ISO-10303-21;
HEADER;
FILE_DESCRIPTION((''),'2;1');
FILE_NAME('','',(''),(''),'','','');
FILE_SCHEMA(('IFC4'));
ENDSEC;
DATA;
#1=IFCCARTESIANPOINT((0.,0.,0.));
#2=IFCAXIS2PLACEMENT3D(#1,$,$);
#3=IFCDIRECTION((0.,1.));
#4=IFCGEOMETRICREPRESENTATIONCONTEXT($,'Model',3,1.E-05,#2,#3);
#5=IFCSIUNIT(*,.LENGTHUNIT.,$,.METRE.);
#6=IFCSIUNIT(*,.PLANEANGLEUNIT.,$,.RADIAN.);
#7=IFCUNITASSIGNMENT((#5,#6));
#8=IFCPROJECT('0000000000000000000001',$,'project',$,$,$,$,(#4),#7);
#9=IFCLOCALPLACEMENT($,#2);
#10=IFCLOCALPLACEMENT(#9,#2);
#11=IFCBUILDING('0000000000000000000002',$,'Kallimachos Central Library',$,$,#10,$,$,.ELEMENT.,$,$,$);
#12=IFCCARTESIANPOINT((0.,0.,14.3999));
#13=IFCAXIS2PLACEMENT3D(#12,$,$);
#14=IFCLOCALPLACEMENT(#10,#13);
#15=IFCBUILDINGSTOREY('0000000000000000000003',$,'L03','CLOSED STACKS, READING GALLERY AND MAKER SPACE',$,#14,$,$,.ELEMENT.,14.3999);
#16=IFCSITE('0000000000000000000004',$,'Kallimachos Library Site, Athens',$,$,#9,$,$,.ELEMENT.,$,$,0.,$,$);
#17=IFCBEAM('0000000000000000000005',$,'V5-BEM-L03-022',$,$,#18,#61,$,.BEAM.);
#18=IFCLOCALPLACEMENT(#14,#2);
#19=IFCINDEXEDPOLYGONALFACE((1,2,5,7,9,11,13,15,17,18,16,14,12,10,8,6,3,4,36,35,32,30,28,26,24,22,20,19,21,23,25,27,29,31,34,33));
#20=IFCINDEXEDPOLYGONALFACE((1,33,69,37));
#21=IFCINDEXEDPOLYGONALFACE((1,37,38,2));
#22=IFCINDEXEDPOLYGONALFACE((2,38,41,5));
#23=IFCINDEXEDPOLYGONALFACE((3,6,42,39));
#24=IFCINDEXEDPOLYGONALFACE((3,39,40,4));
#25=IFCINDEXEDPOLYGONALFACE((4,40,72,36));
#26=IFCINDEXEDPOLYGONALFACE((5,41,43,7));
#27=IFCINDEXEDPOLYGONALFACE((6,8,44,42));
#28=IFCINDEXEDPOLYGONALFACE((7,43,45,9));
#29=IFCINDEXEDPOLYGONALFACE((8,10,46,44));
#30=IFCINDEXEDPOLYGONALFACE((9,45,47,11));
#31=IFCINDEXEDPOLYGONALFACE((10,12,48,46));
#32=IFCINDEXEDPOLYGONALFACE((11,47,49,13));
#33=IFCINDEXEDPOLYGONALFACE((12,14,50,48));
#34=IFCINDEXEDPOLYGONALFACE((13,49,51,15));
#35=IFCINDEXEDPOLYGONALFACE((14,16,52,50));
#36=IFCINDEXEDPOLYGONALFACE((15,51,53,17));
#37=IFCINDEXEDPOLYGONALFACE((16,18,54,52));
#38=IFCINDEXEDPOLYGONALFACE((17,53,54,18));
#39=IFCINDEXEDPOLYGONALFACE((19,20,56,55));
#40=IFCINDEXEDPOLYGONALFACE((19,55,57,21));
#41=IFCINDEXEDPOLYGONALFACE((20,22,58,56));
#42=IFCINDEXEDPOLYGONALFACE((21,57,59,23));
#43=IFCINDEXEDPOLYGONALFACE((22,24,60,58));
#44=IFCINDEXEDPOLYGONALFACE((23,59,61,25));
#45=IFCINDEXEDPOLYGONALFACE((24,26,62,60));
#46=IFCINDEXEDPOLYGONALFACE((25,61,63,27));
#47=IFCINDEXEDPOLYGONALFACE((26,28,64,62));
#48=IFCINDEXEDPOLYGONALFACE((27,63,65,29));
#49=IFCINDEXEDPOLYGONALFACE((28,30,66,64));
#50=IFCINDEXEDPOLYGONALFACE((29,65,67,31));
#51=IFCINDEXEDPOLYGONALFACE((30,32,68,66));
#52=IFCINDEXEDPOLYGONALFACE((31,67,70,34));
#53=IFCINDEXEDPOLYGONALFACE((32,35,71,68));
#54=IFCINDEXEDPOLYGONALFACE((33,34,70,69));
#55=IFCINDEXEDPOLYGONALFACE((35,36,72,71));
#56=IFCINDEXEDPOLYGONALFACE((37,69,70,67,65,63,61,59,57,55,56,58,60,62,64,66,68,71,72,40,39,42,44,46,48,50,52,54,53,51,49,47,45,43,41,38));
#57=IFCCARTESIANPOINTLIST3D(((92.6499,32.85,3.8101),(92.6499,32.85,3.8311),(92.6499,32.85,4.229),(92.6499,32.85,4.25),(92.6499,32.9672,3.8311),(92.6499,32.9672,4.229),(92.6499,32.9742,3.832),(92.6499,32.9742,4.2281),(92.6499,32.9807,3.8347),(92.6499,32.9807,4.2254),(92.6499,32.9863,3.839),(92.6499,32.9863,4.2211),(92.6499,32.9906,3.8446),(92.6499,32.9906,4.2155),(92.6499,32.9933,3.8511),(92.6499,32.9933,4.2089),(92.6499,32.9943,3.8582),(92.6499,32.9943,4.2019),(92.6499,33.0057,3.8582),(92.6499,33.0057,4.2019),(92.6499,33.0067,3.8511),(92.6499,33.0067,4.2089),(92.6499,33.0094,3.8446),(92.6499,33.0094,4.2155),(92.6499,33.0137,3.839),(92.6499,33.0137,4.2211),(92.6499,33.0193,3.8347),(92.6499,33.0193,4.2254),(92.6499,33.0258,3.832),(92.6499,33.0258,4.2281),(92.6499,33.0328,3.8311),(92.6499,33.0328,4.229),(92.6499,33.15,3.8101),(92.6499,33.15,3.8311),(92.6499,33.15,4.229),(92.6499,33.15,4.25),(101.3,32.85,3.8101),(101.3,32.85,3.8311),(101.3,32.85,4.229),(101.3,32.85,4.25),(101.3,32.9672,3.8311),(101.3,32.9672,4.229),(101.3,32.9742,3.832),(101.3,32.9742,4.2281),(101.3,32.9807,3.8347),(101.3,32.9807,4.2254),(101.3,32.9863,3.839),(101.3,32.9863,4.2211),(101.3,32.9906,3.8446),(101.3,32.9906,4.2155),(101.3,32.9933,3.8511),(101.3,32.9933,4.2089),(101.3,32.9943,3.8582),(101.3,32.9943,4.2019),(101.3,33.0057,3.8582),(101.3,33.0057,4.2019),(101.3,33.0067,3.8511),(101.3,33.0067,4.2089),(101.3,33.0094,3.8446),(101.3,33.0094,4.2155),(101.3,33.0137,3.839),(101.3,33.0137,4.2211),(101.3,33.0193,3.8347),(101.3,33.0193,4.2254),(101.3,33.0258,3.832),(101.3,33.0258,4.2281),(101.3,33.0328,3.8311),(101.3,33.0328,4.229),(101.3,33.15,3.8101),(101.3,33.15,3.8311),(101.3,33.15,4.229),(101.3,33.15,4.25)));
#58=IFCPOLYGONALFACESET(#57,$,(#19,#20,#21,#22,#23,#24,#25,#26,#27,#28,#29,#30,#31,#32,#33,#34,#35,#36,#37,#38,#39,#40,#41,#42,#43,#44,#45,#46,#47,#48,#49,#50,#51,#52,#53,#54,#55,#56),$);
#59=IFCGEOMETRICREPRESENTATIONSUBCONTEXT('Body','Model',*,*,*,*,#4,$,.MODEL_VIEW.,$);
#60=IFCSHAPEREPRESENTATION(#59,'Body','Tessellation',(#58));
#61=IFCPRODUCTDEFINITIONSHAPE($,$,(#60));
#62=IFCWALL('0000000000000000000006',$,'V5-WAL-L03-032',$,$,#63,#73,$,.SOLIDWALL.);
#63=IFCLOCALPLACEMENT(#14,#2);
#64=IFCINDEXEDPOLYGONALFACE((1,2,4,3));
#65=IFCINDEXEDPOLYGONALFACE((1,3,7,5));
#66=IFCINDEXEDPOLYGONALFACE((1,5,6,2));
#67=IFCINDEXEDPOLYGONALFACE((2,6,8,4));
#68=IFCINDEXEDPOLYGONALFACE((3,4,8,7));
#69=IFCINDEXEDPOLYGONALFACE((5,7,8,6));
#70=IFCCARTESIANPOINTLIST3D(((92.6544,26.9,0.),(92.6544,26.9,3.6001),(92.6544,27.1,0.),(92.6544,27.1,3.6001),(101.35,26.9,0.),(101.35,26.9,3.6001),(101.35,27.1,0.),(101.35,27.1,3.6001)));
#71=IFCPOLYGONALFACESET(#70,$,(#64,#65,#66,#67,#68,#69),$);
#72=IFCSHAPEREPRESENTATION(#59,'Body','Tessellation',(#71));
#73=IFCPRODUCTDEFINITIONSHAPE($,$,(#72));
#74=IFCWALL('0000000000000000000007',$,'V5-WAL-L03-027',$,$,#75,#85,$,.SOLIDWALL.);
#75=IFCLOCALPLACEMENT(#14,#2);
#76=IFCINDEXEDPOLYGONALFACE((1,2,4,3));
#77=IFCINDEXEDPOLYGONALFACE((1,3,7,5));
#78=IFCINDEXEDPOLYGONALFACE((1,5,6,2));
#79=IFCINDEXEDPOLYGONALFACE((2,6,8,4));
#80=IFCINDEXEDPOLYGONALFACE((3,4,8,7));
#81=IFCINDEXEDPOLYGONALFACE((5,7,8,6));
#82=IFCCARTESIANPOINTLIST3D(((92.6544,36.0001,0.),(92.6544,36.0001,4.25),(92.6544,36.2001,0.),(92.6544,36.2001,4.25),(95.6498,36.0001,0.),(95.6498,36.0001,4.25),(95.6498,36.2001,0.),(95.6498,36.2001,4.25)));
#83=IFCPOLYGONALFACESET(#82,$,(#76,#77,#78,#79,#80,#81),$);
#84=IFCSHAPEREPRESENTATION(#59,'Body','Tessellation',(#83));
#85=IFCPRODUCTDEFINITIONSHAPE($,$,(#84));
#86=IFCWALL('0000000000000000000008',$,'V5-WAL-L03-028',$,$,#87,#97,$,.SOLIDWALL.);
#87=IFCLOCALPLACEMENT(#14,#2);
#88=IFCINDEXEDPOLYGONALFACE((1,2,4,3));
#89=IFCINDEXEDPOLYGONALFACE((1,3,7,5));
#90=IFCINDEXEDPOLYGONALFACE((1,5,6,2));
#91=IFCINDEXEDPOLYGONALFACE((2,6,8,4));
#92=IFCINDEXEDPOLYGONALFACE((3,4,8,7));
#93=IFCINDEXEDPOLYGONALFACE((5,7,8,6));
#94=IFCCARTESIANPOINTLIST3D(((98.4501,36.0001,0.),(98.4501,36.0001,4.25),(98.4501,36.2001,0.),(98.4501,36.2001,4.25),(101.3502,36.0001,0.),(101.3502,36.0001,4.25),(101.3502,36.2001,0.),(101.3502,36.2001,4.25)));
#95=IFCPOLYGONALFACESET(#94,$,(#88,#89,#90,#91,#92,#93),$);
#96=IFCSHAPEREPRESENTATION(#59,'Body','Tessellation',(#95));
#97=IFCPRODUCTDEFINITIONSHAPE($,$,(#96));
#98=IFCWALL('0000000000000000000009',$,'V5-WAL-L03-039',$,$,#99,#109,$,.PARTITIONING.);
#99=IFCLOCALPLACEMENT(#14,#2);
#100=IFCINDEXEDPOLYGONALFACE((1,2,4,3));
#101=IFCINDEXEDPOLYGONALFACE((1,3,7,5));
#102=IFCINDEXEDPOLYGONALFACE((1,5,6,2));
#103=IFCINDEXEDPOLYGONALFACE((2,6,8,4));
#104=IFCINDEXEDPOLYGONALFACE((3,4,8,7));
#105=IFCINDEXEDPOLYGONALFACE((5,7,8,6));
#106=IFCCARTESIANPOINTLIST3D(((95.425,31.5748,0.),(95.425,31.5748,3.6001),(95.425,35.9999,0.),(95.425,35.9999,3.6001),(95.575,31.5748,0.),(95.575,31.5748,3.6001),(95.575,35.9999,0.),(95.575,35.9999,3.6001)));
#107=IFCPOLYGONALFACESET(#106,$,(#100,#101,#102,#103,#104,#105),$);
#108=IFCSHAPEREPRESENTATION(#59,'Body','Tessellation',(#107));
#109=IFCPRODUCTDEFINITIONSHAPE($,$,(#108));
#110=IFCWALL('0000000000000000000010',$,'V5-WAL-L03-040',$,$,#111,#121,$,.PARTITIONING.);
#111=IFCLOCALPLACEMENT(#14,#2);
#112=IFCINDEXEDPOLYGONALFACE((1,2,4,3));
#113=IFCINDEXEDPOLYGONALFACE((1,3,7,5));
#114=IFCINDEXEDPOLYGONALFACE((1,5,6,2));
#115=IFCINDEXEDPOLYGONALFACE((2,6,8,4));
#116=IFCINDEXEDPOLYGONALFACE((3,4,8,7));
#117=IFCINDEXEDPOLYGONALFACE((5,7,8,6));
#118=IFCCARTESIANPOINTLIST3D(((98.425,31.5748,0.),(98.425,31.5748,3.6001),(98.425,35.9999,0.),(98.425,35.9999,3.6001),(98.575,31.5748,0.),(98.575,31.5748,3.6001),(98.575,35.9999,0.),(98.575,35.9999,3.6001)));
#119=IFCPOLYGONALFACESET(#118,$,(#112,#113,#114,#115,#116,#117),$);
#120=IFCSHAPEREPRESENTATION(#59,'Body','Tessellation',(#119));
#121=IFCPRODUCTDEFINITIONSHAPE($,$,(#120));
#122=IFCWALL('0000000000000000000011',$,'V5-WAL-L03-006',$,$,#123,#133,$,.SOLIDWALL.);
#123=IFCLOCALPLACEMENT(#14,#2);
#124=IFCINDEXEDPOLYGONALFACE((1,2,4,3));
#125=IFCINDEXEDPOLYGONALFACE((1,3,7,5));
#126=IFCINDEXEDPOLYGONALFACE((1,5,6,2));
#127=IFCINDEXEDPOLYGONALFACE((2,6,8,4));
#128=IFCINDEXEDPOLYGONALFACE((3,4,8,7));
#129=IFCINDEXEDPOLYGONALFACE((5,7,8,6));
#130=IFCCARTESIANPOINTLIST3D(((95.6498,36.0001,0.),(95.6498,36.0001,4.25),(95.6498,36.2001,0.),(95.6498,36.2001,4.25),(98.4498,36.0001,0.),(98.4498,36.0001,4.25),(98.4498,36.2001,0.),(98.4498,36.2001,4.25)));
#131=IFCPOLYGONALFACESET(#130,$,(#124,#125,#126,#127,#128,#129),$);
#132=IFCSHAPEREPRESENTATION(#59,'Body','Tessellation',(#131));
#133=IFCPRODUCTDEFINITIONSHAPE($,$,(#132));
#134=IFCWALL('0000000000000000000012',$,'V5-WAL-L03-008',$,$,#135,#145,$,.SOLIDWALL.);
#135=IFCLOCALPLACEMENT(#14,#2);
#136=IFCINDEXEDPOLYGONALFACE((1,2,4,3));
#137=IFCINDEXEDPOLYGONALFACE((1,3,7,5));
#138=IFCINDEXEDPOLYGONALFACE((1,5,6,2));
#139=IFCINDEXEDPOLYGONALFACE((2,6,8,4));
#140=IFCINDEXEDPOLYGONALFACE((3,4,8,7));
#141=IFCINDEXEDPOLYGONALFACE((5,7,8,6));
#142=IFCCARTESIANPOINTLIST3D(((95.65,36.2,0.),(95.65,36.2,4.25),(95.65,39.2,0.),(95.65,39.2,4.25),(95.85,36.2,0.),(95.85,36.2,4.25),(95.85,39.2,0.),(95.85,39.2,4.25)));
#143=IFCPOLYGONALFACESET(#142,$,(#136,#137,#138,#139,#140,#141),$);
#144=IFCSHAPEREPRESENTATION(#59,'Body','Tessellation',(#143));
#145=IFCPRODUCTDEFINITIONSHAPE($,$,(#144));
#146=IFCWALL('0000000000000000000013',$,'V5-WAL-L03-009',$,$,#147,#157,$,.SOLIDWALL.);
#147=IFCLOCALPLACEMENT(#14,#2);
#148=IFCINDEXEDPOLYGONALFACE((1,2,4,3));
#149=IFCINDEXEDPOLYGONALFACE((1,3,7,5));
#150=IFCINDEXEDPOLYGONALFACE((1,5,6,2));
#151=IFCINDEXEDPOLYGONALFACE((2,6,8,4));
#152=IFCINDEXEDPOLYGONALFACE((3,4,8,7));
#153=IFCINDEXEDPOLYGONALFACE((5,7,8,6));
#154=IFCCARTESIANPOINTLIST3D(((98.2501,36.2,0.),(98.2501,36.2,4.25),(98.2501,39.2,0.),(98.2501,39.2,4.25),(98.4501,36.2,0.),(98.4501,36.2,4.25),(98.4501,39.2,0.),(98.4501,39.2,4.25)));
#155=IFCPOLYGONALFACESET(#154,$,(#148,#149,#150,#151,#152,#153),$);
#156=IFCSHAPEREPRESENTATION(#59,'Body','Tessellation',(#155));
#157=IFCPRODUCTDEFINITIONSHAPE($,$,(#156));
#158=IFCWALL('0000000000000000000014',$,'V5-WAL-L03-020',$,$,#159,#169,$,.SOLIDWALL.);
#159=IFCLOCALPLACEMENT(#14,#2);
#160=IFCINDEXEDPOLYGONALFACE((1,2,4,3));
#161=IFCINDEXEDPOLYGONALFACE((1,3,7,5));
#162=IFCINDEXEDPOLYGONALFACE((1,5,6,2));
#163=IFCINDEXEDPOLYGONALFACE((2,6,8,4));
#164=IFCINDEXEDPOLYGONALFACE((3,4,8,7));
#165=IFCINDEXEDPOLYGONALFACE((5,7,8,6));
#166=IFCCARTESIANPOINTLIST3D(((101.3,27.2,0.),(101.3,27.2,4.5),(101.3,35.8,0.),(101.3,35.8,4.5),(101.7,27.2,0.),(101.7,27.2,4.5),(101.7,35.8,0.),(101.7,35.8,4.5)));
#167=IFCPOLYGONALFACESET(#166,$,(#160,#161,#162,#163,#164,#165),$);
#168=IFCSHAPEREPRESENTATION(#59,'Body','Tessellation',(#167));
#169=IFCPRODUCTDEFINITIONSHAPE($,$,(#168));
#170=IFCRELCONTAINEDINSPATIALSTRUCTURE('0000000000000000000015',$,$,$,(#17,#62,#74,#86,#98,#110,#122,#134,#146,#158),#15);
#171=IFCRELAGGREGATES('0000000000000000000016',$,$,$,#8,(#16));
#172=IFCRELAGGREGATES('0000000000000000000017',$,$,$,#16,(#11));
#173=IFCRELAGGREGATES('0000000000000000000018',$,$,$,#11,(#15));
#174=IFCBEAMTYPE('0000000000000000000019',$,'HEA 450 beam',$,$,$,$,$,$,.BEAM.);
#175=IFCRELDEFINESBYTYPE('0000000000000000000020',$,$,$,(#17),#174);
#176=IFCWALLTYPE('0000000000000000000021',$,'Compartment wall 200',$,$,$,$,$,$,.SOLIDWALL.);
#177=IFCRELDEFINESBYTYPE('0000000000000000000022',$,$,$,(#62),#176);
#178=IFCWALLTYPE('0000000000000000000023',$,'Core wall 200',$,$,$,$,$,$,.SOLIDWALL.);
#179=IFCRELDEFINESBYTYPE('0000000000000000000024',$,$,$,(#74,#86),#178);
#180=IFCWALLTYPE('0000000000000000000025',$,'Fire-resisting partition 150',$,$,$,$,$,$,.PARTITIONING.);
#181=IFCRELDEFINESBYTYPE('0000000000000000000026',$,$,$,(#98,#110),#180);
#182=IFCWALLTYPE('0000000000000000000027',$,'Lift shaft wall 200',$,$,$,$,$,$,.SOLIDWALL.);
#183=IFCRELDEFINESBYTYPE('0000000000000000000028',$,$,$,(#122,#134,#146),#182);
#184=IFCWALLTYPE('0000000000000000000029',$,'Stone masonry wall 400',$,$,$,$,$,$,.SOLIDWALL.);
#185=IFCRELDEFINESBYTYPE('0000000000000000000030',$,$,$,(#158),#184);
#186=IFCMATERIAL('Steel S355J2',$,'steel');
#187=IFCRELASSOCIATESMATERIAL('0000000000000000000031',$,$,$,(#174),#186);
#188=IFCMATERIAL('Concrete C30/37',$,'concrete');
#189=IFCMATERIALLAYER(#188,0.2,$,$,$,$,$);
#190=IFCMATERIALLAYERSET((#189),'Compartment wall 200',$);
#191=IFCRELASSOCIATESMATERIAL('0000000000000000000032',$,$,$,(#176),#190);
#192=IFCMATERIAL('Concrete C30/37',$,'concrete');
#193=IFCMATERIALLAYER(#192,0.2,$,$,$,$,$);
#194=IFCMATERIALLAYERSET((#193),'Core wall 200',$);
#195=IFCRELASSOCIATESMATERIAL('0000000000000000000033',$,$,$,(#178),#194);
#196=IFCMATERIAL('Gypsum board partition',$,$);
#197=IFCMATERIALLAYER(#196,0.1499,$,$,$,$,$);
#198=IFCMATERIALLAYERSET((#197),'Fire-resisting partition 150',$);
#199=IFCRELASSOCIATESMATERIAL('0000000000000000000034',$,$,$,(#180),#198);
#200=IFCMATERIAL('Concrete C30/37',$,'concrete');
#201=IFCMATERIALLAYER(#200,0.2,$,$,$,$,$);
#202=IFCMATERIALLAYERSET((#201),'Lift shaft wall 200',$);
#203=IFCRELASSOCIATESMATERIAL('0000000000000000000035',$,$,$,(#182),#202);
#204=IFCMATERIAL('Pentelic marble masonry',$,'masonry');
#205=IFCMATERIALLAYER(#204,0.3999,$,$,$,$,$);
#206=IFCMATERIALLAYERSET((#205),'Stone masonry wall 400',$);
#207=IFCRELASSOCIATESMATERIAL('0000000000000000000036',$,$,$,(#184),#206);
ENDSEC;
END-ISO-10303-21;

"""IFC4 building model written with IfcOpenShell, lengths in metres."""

from ifc_helpers import new_model, si_unit, direction, frame, frame_2d, origin, origin_2d, place, context, subcontext, project, spatial, rectangle, i_section, extrude, material, layer, layer_set, material_profile, profile_set, type_object, element, save


model = new_model("IFC4")

# Units and contexts
model_context = context("Model", 3, precision=1e-05, world=origin(), true_north=direction((0.0, 1.0)))
body_context = subcontext(model_context, "Body", "Model", "MODEL_VIEW")
ifc_project = project(units=[si_unit("LENGTHUNIT", "METRE"), si_unit("PLANEANGLEUNIT", "RADIAN")], contexts=[model_context])

# Site, building, storey
site_placement = place(None, origin())
site = spatial("IfcSite", under=ifc_project, at=site_placement, Name="Kallimachos Library Site, Athens", CompositionType="ELEMENT", RefElevation=0.0)
building_placement = place(site_placement, origin())
building = spatial("IfcBuilding", under=site, at=building_placement, Name="Kallimachos Central Library", CompositionType="ELEMENT")
storey_placement = place(building_placement, frame((0.0, 0.0, 14.3999)))
storey = spatial("IfcBuildingStorey", under=building, at=storey_placement, Name="L03", Description="CLOSED STACKS, READING GALLERY AND MAKER SPACE", CompositionType="ELEMENT", Elevation=14.3999)

# Beam
ifc_material_1 = material(Name="Steel S355J2", Category="steel")
ifc_material_profile_1 = material_profile(ifc_material_1, i_section(OverallWidth=0.3, OverallDepth=0.4399, WebThickness=0.0115, FlangeThickness=0.021, FilletRadius=0.0271, at=origin_2d()), Name="HEA 450")
ifc_profile_set_1 = profile_set([ifc_material_profile_1], Name="Steel S355J2")
beam_type = type_object("IfcBeamType", Name="HEA 450 beam", PredefinedType="BEAM", material=ifc_profile_set_1)
for number, where, z_axis, x_axis, name in (
    (1, (92.6499, 33.0, 4.03), (1.0, 0.0, 0.0), (0.0, 1.0, 0.0), "V5-BEM-L03-022"),
):
    element("IfcBeam", number, at=place(storey_placement, frame(where, z_axis=z_axis, x_axis=x_axis)), inside=storey, type_object=beam_type, Name=name, PredefinedType="BEAM", context=body_context, shape_type="SweptSolid", body=[
        extrude(i_section(OverallWidth=0.3, OverallDepth=0.4399, WebThickness=0.0115, FlangeThickness=0.021, FilletRadius=0.0271, at=origin_2d()), origin(), (0.0, 0.0, 1.0), 8.6501),
    ])

# Walls
ifc_material_2 = material(Name="Concrete C30/37", Category="concrete")
ifc_layer_1 = layer(ifc_material_2, 0.2)
ifc_layer_set_1 = layer_set([ifc_layer_1], Name="Compartment wall 200")
wall_type_1 = type_object("IfcWallType", Name="Compartment wall 200", PredefinedType="SOLIDWALL", material=ifc_layer_set_1)
wall_1_placement = place(storey_placement, frame((92.6545, 27.0, 0.0), z_axis=(0.0, 0.0, 1.0), x_axis=(1.0, 0.0, 0.0)))
element("IfcWall", 2, at=wall_1_placement, inside=storey, type_object=wall_type_1, Name="V5-WAL-L03-032", PredefinedType="SOLIDWALL", context=body_context, shape_type="SweptSolid", body=[
    extrude(rectangle(XDim=8.6956, YDim=0.2, at=frame_2d((4.3477, 0.0))), origin(), (0.0, 0.0, 1.0), 3.6001),
])
ifc_material_3 = material(Name="Concrete C30/37", Category="concrete")
ifc_layer_2 = layer(ifc_material_3, 0.2)
ifc_layer_set_2 = layer_set([ifc_layer_2], Name="Core wall 200")
wall_type_2 = type_object("IfcWallType", Name="Core wall 200", PredefinedType="SOLIDWALL", material=ifc_layer_set_2)
wall_2_placement = place(storey_placement, frame((92.6545, 36.1001, 0.0), z_axis=(0.0, 0.0, 1.0), x_axis=(1.0, 0.0, 0.0)))
element("IfcWall", 3, at=wall_2_placement, inside=storey, type_object=wall_type_2, Name="V5-WAL-L03-027", PredefinedType="SOLIDWALL", context=body_context, shape_type="SweptSolid", body=[
    extrude(rectangle(XDim=2.9954, YDim=0.2, at=frame_2d((1.4976, 0.0))), origin(), (0.0, 0.0, 1.0), 4.25),
])
wall_3_placement = place(storey_placement, frame((98.45, 36.1001, 0.0), z_axis=(0.0, 0.0, 1.0), x_axis=(1.0, 0.0, 0.0)))
element("IfcWall", 4, at=wall_3_placement, inside=storey, type_object=wall_type_2, Name="V5-WAL-L03-028", PredefinedType="SOLIDWALL", context=body_context, shape_type="SweptSolid", body=[
    extrude(rectangle(XDim=2.9001, YDim=0.2, at=frame_2d((1.4502, 0.0))), origin(), (0.0, 0.0, 1.0), 4.25),
])
ifc_material_4 = material(Name="Gypsum board partition")
ifc_layer_3 = layer(ifc_material_4, 0.1499)
ifc_layer_set_3 = layer_set([ifc_layer_3], Name="Fire-resisting partition 150")
wall_type_3 = type_object("IfcWallType", Name="Fire-resisting partition 150", PredefinedType="PARTITIONING", material=ifc_layer_set_3)
for number, where, z_axis, x_axis, name in (
    (5, (95.5, 31.575, 0.0), (0.0, 0.0, 1.0), (0.0, 1.0, 0.0), "V5-WAL-L03-039"),
    (6, (98.5, 31.575, 0.0), (0.0, 0.0, 1.0), (0.0, 1.0, 0.0), "V5-WAL-L03-040"),
):
    element("IfcWall", number, at=place(storey_placement, frame(where, z_axis=z_axis, x_axis=x_axis)), inside=storey, type_object=wall_type_3, Name=name, PredefinedType="PARTITIONING", context=body_context, shape_type="SweptSolid", body=[
        extrude(rectangle(XDim=4.425, YDim=0.1499, at=frame_2d((2.2124, 0.0))), origin(), (0.0, 0.0, 1.0), 3.6001),
    ])
ifc_material_5 = material(Name="Concrete C30/37", Category="concrete")
ifc_layer_4 = layer(ifc_material_5, 0.2)
ifc_layer_set_4 = layer_set([ifc_layer_4], Name="Lift shaft wall 200")
wall_type_4 = type_object("IfcWallType", Name="Lift shaft wall 200", PredefinedType="SOLIDWALL", material=ifc_layer_set_4)
wall_4_placement = place(storey_placement, frame((95.6499, 36.1001, 0.0), z_axis=(0.0, 0.0, 1.0), x_axis=(1.0, 0.0, 0.0)))
element("IfcWall", 7, at=wall_4_placement, inside=storey, type_object=wall_type_4, Name="V5-WAL-L03-006", PredefinedType="SOLIDWALL", context=body_context, shape_type="SweptSolid", body=[
    extrude(rectangle(XDim=2.8, YDim=0.2, at=frame_2d((1.3999, 0.0))), origin(), (0.0, 0.0, 1.0), 4.25),
])
for number, where, z_axis, x_axis, name in (
    (8, (95.75, 36.2, 0.0), (0.0, 0.0, 1.0), (0.0, 1.0, 0.0), "V5-WAL-L03-008"),
    (9, (98.3501, 36.2, 0.0), (0.0, 0.0, 1.0), (0.0, 1.0, 0.0), "V5-WAL-L03-009"),
):
    element("IfcWall", number, at=place(storey_placement, frame(where, z_axis=z_axis, x_axis=x_axis)), inside=storey, type_object=wall_type_4, Name=name, PredefinedType="SOLIDWALL", context=body_context, shape_type="SweptSolid", body=[
        extrude(rectangle(XDim=3.0, YDim=0.2, at=frame_2d((1.5, 0.0))), origin(), (0.0, 0.0, 1.0), 4.25),
    ])
ifc_material_6 = material(Name="Pentelic marble masonry", Category="masonry")
ifc_layer_5 = layer(ifc_material_6, 0.3999)
ifc_layer_set_5 = layer_set([ifc_layer_5], Name="Stone masonry wall 400")
wall_type_5 = type_object("IfcWallType", Name="Stone masonry wall 400", PredefinedType="SOLIDWALL", material=ifc_layer_set_5)
wall_5_placement = place(storey_placement, frame((101.5, 27.2, 0.0), z_axis=(0.0, 0.0, 1.0), x_axis=(0.0, 1.0, 0.0)))
element("IfcWall", 10, at=wall_5_placement, inside=storey, type_object=wall_type_5, Name="V5-WAL-L03-020", PredefinedType="SOLIDWALL", context=body_context, shape_type="SweptSolid", body=[
    extrude(rectangle(XDim=8.6001, YDim=0.3999, at=frame_2d((4.3, 0.0))), origin(), (0.0, 0.0, 1.0), 4.5),
])

save(model, "model.ifc")
